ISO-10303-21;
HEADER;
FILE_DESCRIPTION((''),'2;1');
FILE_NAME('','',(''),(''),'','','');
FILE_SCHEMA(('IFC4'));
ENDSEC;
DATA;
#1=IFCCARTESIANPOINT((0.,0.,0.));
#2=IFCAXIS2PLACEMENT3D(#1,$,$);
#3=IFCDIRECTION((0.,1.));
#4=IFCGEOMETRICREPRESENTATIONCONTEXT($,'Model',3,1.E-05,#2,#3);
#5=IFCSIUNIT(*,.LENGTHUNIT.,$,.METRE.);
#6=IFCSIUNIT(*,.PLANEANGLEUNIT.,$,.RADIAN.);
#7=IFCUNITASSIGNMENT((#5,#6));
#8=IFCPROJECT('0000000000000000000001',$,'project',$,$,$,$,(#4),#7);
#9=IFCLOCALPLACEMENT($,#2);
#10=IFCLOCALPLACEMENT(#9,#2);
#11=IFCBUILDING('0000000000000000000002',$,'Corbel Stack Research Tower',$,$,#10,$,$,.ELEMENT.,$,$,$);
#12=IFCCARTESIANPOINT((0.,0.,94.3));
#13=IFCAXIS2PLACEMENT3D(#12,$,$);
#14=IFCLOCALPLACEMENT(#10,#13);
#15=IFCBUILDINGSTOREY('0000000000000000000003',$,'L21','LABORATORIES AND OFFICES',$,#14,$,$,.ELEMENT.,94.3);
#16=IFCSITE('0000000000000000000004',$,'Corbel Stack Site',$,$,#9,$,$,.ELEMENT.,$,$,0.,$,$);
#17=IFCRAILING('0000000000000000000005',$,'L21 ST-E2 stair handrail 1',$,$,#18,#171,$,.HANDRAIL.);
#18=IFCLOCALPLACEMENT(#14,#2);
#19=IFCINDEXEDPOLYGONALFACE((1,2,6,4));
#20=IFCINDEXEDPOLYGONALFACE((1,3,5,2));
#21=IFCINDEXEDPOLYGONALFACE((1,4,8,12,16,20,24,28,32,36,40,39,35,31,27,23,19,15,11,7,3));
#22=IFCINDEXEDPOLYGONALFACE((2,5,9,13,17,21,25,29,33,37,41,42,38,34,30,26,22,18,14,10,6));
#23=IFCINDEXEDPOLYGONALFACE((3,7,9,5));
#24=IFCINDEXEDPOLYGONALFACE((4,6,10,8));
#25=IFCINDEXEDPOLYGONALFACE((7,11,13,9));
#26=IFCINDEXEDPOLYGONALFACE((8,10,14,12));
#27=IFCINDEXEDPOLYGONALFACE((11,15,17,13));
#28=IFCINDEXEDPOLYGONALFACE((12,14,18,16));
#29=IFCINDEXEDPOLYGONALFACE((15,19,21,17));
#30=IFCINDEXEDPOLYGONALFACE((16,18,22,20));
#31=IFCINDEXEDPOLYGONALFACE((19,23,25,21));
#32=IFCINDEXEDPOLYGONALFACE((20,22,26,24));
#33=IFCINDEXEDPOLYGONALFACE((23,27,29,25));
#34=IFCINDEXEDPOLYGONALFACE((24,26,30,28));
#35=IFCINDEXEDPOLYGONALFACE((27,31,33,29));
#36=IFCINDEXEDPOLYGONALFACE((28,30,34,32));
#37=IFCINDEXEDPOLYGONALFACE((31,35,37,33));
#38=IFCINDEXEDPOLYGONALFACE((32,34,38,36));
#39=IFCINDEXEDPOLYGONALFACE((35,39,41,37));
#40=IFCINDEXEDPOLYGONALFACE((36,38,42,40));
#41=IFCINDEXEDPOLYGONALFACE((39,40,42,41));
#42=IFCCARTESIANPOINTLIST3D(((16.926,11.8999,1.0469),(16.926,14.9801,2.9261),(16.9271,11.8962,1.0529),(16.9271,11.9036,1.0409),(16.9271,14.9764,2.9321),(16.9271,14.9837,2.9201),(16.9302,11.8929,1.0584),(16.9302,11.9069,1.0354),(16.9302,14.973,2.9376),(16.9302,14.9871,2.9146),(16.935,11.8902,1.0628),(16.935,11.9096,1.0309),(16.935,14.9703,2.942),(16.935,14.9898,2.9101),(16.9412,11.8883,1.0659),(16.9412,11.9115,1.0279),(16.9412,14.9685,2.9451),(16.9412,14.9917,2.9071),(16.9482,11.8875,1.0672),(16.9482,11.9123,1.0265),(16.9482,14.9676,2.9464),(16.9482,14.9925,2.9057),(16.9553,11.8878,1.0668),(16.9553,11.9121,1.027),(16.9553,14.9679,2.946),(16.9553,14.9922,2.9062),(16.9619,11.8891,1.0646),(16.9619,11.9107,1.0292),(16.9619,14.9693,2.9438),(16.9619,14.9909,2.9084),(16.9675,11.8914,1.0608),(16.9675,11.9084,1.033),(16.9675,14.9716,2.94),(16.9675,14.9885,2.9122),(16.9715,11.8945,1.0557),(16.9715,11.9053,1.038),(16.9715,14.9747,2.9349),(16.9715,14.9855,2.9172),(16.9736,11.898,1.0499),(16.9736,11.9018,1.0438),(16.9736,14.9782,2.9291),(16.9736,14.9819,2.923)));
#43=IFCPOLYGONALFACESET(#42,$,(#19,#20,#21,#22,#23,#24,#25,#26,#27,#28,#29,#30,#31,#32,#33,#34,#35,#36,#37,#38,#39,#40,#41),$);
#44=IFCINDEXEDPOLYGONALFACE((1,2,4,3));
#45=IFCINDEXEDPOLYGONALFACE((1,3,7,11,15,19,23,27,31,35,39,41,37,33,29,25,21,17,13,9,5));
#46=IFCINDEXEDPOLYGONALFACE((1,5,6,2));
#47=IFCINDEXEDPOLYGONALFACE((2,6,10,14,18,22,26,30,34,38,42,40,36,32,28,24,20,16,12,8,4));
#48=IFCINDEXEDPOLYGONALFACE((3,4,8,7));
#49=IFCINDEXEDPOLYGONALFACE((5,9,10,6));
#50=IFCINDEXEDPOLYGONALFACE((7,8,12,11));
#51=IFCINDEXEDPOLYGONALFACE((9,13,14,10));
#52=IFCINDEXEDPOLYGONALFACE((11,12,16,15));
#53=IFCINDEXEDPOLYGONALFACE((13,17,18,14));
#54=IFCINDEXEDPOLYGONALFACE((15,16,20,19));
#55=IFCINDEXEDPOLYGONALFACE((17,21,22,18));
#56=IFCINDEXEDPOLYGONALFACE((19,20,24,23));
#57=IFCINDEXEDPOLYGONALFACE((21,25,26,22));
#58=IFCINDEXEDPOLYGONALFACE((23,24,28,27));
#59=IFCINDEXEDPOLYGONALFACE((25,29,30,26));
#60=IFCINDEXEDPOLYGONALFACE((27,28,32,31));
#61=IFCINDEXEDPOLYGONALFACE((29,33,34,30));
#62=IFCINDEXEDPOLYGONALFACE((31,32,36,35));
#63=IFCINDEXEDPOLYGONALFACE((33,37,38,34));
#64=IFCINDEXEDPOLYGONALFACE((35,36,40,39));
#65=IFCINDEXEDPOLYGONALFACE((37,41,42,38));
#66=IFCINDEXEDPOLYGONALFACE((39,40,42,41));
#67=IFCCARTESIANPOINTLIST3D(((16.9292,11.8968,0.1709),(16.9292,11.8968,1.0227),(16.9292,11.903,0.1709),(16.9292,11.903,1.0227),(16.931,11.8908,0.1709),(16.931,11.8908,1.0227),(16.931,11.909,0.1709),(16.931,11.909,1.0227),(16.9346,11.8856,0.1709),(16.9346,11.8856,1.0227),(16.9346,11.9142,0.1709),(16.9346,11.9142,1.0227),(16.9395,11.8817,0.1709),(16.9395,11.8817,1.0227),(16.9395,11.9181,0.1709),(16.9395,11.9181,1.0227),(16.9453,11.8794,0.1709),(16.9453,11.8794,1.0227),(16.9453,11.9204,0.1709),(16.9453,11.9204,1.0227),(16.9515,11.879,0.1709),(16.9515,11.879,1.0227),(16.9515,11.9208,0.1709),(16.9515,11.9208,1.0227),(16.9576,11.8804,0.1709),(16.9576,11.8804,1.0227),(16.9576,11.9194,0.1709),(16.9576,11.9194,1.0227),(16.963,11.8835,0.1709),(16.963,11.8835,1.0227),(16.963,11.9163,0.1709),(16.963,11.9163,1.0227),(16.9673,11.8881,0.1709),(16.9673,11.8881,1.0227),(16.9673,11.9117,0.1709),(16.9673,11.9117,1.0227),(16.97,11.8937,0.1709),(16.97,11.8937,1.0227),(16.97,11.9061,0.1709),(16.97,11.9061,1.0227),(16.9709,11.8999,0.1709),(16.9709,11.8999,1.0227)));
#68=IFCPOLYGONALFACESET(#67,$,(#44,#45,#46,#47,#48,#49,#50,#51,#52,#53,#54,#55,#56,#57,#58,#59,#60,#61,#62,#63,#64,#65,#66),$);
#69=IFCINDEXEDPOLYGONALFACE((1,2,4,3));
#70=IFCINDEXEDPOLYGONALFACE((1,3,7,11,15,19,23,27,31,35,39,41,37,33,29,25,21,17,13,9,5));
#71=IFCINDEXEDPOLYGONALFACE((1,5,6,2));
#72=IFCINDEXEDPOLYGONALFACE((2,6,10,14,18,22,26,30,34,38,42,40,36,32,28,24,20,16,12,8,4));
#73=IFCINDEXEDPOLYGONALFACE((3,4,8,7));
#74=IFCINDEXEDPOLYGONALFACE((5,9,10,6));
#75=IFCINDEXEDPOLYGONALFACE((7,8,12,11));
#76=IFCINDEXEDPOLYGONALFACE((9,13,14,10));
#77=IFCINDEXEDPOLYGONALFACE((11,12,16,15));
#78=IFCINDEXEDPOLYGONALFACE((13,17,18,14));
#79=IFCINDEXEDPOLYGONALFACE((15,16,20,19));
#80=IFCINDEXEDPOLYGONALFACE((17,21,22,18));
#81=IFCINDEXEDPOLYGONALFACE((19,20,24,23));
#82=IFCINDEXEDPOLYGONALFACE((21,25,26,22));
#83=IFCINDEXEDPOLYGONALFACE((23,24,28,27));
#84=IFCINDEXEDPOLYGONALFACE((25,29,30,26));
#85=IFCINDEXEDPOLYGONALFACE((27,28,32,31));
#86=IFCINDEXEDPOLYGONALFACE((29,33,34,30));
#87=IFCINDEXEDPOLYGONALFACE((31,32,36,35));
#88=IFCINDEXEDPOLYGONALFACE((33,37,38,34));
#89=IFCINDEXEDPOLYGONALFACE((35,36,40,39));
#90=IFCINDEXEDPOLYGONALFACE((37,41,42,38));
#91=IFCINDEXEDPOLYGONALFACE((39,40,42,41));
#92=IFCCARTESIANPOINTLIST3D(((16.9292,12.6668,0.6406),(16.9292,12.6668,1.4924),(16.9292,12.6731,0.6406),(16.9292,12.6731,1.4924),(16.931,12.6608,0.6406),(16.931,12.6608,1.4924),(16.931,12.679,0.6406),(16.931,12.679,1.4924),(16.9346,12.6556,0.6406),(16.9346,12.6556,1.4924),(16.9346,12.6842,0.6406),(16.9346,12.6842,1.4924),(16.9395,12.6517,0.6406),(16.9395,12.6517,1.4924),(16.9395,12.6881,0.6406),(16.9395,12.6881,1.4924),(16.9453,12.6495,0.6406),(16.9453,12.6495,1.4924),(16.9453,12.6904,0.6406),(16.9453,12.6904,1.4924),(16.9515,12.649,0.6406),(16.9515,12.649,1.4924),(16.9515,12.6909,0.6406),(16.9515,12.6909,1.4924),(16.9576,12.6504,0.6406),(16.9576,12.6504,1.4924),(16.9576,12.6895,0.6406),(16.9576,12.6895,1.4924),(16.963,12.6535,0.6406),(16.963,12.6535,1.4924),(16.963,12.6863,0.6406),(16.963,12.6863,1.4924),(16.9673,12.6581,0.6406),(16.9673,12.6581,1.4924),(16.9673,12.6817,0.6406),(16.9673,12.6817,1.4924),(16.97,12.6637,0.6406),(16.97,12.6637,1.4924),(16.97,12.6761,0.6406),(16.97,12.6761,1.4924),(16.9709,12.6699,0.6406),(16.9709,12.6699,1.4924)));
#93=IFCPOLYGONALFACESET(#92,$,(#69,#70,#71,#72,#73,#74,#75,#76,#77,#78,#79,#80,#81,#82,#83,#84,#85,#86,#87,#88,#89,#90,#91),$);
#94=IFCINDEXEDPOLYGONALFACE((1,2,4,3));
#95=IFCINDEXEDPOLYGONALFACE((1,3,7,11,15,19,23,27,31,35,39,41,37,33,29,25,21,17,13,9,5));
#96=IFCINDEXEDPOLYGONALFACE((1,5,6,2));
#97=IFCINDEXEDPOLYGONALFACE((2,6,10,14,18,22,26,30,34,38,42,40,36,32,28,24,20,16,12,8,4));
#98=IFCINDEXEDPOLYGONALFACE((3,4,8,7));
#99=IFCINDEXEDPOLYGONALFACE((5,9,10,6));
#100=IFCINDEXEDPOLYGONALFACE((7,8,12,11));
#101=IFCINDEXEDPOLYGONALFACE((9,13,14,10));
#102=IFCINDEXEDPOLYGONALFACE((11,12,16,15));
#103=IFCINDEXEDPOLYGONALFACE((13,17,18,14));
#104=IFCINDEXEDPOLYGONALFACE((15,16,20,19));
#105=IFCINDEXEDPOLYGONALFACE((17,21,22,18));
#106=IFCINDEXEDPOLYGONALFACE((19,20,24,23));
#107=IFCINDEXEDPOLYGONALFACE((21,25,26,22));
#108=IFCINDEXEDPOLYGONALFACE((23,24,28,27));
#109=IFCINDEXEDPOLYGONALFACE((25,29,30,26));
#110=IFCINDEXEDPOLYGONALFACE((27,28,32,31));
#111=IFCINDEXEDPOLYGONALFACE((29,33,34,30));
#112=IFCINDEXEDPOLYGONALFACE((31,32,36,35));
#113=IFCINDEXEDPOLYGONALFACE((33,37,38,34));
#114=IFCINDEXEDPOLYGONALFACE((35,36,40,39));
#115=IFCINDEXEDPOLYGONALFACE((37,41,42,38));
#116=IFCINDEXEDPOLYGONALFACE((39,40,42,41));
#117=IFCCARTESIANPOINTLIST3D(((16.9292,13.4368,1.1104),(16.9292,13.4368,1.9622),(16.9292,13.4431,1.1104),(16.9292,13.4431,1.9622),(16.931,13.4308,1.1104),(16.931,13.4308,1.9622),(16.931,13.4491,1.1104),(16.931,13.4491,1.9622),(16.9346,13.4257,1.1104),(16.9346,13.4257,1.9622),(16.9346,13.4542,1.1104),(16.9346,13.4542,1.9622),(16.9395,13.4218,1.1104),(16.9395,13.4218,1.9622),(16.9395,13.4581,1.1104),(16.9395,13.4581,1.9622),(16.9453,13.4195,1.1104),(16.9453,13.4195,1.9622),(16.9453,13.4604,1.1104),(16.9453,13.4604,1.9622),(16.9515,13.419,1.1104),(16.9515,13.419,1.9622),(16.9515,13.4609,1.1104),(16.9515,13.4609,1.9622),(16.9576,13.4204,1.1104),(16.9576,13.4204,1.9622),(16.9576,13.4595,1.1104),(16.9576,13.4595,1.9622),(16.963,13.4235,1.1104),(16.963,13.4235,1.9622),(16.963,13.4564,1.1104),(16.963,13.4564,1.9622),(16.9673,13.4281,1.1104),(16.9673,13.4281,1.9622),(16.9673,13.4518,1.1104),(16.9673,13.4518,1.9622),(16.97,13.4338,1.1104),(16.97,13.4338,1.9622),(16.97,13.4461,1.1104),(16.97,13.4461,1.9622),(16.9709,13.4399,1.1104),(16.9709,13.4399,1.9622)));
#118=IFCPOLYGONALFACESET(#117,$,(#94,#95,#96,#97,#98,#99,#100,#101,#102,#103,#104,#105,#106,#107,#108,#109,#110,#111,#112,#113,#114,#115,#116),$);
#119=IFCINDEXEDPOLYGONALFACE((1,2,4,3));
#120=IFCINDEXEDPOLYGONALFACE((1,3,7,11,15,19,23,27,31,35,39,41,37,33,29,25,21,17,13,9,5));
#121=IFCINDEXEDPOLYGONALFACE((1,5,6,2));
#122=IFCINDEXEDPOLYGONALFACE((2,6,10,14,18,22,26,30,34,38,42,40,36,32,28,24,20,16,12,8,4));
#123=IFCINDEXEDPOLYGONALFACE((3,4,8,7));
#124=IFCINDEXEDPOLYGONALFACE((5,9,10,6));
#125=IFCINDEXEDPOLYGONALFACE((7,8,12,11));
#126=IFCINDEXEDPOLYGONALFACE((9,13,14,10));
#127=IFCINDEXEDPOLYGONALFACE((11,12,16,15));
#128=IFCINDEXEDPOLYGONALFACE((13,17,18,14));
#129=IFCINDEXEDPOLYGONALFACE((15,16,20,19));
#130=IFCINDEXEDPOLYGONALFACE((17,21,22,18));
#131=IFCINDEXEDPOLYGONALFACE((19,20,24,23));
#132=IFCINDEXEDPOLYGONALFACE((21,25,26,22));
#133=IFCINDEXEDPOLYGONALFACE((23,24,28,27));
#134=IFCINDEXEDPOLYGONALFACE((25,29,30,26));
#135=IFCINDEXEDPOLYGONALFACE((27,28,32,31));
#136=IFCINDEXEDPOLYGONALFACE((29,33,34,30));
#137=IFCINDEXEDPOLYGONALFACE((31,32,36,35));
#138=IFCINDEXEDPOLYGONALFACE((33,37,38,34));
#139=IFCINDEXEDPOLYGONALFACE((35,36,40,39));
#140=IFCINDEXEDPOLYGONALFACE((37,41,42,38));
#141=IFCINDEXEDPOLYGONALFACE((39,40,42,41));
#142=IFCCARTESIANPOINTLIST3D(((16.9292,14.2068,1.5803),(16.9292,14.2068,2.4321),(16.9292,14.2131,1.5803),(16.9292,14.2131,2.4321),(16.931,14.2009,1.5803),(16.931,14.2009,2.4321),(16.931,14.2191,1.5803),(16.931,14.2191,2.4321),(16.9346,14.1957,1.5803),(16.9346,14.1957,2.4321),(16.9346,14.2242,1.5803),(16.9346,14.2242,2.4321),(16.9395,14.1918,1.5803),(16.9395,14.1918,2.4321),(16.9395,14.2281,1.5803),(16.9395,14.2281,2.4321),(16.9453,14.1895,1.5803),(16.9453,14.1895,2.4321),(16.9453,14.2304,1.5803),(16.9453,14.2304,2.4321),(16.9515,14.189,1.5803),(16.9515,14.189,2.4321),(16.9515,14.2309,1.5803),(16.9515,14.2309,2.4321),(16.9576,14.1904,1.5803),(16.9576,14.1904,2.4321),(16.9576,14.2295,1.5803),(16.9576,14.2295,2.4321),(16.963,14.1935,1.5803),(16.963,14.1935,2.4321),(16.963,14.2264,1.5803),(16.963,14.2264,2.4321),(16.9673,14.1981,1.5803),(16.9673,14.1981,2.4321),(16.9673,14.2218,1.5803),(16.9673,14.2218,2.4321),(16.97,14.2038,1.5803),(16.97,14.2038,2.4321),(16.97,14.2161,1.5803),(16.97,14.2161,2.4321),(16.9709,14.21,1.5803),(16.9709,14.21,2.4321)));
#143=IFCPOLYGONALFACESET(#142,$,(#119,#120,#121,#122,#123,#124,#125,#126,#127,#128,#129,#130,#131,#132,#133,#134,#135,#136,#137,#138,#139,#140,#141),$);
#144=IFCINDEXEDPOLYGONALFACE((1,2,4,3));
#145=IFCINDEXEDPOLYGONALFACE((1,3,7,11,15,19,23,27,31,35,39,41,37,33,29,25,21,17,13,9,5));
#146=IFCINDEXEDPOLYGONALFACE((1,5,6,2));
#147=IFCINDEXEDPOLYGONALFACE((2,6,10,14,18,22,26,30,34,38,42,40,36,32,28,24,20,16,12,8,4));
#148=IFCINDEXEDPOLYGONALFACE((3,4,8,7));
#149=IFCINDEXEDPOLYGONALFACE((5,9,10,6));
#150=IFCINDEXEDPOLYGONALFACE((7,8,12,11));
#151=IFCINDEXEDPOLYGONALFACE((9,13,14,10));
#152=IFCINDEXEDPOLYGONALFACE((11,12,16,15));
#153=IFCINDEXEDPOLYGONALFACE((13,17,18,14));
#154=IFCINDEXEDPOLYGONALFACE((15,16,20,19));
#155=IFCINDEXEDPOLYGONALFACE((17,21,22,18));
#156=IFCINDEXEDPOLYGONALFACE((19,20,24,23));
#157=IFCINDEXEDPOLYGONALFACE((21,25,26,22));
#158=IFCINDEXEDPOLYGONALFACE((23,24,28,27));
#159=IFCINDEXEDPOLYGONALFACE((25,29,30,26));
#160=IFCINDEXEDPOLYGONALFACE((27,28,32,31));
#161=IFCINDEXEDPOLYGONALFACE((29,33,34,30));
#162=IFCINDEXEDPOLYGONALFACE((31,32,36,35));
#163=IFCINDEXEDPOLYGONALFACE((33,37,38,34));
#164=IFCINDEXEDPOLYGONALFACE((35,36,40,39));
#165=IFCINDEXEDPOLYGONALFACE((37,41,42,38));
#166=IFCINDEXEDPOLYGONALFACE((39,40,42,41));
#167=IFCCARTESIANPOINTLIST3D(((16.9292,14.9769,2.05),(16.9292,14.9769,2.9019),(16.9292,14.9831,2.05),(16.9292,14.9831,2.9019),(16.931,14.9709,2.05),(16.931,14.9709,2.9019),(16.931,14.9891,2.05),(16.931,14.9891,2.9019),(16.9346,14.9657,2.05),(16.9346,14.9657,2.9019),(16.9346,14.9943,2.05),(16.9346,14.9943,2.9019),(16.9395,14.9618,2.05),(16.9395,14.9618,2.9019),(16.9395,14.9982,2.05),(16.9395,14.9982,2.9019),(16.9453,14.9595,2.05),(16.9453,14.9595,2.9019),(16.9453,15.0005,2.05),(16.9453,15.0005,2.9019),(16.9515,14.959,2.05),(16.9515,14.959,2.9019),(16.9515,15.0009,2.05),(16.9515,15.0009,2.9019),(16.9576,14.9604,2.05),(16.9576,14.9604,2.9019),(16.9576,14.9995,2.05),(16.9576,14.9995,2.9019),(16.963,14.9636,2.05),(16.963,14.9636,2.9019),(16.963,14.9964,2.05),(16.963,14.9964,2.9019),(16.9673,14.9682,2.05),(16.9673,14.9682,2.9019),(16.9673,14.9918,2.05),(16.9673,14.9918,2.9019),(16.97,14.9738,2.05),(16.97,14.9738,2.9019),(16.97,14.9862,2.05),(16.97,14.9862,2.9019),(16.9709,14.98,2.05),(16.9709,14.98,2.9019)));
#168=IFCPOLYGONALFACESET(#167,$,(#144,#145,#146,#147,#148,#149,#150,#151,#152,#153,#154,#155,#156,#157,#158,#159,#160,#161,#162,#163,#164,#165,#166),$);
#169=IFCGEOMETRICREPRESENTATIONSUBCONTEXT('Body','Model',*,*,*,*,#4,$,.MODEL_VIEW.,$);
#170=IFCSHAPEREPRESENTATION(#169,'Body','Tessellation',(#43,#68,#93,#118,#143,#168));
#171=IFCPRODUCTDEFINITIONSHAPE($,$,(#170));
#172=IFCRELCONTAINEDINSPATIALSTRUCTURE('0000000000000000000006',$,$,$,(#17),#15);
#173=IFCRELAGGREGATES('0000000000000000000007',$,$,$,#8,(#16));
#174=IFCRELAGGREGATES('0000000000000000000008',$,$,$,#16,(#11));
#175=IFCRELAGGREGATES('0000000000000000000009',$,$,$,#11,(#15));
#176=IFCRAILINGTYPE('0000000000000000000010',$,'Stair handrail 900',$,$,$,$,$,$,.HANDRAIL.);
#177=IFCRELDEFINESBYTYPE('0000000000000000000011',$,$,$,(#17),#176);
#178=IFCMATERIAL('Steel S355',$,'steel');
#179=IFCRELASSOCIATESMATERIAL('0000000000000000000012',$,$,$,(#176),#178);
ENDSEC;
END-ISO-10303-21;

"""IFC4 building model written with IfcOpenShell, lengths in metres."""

from ifc_helpers import new_model, si_unit, direction, frame, origin, origin_2d, place, context, subcontext, project, spatial, circle, extrude, material, type_object, element, save


model = new_model("IFC4")

# Units and contexts
model_context = context("Model", 3, precision=1e-05, world=origin(), true_north=direction((0.0, 1.0)))
body_context = subcontext(model_context, "Body", "Model", "MODEL_VIEW")
ifc_project = project(units=[si_unit("LENGTHUNIT", "METRE"), si_unit("PLANEANGLEUNIT", "RADIAN")], contexts=[model_context])

# Site, building, storey
site_placement = place(None, origin())
site = spatial("IfcSite", under=ifc_project, at=site_placement, Name="Corbel Stack Site", CompositionType="ELEMENT", RefElevation=0.0)
building_placement = place(site_placement, origin())
building = spatial("IfcBuilding", under=site, at=building_placement, Name="Corbel Stack Research Tower", CompositionType="ELEMENT")
storey_placement = place(building_placement, frame((0.0, 0.0, 94.3)))
storey = spatial("IfcBuildingStorey", under=building, at=storey_placement, Name="L21", Description="LABORATORIES AND OFFICES", CompositionType="ELEMENT", Elevation=94.3)

# Railing
ifc_material_1 = material(Name="Steel S355", Category="steel")
railing_type_1 = type_object("IfcRailingType", Name="Stair handrail 900", PredefinedType="HANDRAIL", material=ifc_material_1)
railing_1_placement = place(storey_placement, frame((16.95, 11.8999, 0.1709)))
element("IfcRailing", 1, at=railing_1_placement, inside=storey, type_object=railing_type_1, Name="L21 ST-E2 stair handrail 1", PredefinedType="HANDRAIL", context=body_context, shape_type="SweptSolid", body=[
    extrude(circle(Radius=0.0239, at=origin_2d()), frame((0.0, 0.0, 0.876), z_axis=(0.0, 0.853666, 0.52082), x_axis=(-1.0, 0.0, 0.0)), (0.0, 0.0, 1.0), 3.6082),
    extrude(circle(Radius=0.021, at=origin_2d()), origin(), (0.0, 0.0, 1.0), 0.8518),
    extrude(circle(Radius=0.021, at=origin_2d()), frame((0.0, 0.77, 0.4697)), (0.0, 0.0, 1.0), 0.8518),
    extrude(circle(Radius=0.021, at=origin_2d()), frame((0.0, 1.54, 0.9395)), (0.0, 0.0, 1.0), 0.8518),
    extrude(circle(Radius=0.021, at=origin_2d()), frame((0.0, 2.3101, 1.4094)), (0.0, 0.0, 1.0), 0.8518),
    extrude(circle(Radius=0.021, at=origin_2d()), frame((0.0, 3.0801, 1.8792)), (0.0, 0.0, 1.0), 0.8518),
])

save(model, "model.ifc")
